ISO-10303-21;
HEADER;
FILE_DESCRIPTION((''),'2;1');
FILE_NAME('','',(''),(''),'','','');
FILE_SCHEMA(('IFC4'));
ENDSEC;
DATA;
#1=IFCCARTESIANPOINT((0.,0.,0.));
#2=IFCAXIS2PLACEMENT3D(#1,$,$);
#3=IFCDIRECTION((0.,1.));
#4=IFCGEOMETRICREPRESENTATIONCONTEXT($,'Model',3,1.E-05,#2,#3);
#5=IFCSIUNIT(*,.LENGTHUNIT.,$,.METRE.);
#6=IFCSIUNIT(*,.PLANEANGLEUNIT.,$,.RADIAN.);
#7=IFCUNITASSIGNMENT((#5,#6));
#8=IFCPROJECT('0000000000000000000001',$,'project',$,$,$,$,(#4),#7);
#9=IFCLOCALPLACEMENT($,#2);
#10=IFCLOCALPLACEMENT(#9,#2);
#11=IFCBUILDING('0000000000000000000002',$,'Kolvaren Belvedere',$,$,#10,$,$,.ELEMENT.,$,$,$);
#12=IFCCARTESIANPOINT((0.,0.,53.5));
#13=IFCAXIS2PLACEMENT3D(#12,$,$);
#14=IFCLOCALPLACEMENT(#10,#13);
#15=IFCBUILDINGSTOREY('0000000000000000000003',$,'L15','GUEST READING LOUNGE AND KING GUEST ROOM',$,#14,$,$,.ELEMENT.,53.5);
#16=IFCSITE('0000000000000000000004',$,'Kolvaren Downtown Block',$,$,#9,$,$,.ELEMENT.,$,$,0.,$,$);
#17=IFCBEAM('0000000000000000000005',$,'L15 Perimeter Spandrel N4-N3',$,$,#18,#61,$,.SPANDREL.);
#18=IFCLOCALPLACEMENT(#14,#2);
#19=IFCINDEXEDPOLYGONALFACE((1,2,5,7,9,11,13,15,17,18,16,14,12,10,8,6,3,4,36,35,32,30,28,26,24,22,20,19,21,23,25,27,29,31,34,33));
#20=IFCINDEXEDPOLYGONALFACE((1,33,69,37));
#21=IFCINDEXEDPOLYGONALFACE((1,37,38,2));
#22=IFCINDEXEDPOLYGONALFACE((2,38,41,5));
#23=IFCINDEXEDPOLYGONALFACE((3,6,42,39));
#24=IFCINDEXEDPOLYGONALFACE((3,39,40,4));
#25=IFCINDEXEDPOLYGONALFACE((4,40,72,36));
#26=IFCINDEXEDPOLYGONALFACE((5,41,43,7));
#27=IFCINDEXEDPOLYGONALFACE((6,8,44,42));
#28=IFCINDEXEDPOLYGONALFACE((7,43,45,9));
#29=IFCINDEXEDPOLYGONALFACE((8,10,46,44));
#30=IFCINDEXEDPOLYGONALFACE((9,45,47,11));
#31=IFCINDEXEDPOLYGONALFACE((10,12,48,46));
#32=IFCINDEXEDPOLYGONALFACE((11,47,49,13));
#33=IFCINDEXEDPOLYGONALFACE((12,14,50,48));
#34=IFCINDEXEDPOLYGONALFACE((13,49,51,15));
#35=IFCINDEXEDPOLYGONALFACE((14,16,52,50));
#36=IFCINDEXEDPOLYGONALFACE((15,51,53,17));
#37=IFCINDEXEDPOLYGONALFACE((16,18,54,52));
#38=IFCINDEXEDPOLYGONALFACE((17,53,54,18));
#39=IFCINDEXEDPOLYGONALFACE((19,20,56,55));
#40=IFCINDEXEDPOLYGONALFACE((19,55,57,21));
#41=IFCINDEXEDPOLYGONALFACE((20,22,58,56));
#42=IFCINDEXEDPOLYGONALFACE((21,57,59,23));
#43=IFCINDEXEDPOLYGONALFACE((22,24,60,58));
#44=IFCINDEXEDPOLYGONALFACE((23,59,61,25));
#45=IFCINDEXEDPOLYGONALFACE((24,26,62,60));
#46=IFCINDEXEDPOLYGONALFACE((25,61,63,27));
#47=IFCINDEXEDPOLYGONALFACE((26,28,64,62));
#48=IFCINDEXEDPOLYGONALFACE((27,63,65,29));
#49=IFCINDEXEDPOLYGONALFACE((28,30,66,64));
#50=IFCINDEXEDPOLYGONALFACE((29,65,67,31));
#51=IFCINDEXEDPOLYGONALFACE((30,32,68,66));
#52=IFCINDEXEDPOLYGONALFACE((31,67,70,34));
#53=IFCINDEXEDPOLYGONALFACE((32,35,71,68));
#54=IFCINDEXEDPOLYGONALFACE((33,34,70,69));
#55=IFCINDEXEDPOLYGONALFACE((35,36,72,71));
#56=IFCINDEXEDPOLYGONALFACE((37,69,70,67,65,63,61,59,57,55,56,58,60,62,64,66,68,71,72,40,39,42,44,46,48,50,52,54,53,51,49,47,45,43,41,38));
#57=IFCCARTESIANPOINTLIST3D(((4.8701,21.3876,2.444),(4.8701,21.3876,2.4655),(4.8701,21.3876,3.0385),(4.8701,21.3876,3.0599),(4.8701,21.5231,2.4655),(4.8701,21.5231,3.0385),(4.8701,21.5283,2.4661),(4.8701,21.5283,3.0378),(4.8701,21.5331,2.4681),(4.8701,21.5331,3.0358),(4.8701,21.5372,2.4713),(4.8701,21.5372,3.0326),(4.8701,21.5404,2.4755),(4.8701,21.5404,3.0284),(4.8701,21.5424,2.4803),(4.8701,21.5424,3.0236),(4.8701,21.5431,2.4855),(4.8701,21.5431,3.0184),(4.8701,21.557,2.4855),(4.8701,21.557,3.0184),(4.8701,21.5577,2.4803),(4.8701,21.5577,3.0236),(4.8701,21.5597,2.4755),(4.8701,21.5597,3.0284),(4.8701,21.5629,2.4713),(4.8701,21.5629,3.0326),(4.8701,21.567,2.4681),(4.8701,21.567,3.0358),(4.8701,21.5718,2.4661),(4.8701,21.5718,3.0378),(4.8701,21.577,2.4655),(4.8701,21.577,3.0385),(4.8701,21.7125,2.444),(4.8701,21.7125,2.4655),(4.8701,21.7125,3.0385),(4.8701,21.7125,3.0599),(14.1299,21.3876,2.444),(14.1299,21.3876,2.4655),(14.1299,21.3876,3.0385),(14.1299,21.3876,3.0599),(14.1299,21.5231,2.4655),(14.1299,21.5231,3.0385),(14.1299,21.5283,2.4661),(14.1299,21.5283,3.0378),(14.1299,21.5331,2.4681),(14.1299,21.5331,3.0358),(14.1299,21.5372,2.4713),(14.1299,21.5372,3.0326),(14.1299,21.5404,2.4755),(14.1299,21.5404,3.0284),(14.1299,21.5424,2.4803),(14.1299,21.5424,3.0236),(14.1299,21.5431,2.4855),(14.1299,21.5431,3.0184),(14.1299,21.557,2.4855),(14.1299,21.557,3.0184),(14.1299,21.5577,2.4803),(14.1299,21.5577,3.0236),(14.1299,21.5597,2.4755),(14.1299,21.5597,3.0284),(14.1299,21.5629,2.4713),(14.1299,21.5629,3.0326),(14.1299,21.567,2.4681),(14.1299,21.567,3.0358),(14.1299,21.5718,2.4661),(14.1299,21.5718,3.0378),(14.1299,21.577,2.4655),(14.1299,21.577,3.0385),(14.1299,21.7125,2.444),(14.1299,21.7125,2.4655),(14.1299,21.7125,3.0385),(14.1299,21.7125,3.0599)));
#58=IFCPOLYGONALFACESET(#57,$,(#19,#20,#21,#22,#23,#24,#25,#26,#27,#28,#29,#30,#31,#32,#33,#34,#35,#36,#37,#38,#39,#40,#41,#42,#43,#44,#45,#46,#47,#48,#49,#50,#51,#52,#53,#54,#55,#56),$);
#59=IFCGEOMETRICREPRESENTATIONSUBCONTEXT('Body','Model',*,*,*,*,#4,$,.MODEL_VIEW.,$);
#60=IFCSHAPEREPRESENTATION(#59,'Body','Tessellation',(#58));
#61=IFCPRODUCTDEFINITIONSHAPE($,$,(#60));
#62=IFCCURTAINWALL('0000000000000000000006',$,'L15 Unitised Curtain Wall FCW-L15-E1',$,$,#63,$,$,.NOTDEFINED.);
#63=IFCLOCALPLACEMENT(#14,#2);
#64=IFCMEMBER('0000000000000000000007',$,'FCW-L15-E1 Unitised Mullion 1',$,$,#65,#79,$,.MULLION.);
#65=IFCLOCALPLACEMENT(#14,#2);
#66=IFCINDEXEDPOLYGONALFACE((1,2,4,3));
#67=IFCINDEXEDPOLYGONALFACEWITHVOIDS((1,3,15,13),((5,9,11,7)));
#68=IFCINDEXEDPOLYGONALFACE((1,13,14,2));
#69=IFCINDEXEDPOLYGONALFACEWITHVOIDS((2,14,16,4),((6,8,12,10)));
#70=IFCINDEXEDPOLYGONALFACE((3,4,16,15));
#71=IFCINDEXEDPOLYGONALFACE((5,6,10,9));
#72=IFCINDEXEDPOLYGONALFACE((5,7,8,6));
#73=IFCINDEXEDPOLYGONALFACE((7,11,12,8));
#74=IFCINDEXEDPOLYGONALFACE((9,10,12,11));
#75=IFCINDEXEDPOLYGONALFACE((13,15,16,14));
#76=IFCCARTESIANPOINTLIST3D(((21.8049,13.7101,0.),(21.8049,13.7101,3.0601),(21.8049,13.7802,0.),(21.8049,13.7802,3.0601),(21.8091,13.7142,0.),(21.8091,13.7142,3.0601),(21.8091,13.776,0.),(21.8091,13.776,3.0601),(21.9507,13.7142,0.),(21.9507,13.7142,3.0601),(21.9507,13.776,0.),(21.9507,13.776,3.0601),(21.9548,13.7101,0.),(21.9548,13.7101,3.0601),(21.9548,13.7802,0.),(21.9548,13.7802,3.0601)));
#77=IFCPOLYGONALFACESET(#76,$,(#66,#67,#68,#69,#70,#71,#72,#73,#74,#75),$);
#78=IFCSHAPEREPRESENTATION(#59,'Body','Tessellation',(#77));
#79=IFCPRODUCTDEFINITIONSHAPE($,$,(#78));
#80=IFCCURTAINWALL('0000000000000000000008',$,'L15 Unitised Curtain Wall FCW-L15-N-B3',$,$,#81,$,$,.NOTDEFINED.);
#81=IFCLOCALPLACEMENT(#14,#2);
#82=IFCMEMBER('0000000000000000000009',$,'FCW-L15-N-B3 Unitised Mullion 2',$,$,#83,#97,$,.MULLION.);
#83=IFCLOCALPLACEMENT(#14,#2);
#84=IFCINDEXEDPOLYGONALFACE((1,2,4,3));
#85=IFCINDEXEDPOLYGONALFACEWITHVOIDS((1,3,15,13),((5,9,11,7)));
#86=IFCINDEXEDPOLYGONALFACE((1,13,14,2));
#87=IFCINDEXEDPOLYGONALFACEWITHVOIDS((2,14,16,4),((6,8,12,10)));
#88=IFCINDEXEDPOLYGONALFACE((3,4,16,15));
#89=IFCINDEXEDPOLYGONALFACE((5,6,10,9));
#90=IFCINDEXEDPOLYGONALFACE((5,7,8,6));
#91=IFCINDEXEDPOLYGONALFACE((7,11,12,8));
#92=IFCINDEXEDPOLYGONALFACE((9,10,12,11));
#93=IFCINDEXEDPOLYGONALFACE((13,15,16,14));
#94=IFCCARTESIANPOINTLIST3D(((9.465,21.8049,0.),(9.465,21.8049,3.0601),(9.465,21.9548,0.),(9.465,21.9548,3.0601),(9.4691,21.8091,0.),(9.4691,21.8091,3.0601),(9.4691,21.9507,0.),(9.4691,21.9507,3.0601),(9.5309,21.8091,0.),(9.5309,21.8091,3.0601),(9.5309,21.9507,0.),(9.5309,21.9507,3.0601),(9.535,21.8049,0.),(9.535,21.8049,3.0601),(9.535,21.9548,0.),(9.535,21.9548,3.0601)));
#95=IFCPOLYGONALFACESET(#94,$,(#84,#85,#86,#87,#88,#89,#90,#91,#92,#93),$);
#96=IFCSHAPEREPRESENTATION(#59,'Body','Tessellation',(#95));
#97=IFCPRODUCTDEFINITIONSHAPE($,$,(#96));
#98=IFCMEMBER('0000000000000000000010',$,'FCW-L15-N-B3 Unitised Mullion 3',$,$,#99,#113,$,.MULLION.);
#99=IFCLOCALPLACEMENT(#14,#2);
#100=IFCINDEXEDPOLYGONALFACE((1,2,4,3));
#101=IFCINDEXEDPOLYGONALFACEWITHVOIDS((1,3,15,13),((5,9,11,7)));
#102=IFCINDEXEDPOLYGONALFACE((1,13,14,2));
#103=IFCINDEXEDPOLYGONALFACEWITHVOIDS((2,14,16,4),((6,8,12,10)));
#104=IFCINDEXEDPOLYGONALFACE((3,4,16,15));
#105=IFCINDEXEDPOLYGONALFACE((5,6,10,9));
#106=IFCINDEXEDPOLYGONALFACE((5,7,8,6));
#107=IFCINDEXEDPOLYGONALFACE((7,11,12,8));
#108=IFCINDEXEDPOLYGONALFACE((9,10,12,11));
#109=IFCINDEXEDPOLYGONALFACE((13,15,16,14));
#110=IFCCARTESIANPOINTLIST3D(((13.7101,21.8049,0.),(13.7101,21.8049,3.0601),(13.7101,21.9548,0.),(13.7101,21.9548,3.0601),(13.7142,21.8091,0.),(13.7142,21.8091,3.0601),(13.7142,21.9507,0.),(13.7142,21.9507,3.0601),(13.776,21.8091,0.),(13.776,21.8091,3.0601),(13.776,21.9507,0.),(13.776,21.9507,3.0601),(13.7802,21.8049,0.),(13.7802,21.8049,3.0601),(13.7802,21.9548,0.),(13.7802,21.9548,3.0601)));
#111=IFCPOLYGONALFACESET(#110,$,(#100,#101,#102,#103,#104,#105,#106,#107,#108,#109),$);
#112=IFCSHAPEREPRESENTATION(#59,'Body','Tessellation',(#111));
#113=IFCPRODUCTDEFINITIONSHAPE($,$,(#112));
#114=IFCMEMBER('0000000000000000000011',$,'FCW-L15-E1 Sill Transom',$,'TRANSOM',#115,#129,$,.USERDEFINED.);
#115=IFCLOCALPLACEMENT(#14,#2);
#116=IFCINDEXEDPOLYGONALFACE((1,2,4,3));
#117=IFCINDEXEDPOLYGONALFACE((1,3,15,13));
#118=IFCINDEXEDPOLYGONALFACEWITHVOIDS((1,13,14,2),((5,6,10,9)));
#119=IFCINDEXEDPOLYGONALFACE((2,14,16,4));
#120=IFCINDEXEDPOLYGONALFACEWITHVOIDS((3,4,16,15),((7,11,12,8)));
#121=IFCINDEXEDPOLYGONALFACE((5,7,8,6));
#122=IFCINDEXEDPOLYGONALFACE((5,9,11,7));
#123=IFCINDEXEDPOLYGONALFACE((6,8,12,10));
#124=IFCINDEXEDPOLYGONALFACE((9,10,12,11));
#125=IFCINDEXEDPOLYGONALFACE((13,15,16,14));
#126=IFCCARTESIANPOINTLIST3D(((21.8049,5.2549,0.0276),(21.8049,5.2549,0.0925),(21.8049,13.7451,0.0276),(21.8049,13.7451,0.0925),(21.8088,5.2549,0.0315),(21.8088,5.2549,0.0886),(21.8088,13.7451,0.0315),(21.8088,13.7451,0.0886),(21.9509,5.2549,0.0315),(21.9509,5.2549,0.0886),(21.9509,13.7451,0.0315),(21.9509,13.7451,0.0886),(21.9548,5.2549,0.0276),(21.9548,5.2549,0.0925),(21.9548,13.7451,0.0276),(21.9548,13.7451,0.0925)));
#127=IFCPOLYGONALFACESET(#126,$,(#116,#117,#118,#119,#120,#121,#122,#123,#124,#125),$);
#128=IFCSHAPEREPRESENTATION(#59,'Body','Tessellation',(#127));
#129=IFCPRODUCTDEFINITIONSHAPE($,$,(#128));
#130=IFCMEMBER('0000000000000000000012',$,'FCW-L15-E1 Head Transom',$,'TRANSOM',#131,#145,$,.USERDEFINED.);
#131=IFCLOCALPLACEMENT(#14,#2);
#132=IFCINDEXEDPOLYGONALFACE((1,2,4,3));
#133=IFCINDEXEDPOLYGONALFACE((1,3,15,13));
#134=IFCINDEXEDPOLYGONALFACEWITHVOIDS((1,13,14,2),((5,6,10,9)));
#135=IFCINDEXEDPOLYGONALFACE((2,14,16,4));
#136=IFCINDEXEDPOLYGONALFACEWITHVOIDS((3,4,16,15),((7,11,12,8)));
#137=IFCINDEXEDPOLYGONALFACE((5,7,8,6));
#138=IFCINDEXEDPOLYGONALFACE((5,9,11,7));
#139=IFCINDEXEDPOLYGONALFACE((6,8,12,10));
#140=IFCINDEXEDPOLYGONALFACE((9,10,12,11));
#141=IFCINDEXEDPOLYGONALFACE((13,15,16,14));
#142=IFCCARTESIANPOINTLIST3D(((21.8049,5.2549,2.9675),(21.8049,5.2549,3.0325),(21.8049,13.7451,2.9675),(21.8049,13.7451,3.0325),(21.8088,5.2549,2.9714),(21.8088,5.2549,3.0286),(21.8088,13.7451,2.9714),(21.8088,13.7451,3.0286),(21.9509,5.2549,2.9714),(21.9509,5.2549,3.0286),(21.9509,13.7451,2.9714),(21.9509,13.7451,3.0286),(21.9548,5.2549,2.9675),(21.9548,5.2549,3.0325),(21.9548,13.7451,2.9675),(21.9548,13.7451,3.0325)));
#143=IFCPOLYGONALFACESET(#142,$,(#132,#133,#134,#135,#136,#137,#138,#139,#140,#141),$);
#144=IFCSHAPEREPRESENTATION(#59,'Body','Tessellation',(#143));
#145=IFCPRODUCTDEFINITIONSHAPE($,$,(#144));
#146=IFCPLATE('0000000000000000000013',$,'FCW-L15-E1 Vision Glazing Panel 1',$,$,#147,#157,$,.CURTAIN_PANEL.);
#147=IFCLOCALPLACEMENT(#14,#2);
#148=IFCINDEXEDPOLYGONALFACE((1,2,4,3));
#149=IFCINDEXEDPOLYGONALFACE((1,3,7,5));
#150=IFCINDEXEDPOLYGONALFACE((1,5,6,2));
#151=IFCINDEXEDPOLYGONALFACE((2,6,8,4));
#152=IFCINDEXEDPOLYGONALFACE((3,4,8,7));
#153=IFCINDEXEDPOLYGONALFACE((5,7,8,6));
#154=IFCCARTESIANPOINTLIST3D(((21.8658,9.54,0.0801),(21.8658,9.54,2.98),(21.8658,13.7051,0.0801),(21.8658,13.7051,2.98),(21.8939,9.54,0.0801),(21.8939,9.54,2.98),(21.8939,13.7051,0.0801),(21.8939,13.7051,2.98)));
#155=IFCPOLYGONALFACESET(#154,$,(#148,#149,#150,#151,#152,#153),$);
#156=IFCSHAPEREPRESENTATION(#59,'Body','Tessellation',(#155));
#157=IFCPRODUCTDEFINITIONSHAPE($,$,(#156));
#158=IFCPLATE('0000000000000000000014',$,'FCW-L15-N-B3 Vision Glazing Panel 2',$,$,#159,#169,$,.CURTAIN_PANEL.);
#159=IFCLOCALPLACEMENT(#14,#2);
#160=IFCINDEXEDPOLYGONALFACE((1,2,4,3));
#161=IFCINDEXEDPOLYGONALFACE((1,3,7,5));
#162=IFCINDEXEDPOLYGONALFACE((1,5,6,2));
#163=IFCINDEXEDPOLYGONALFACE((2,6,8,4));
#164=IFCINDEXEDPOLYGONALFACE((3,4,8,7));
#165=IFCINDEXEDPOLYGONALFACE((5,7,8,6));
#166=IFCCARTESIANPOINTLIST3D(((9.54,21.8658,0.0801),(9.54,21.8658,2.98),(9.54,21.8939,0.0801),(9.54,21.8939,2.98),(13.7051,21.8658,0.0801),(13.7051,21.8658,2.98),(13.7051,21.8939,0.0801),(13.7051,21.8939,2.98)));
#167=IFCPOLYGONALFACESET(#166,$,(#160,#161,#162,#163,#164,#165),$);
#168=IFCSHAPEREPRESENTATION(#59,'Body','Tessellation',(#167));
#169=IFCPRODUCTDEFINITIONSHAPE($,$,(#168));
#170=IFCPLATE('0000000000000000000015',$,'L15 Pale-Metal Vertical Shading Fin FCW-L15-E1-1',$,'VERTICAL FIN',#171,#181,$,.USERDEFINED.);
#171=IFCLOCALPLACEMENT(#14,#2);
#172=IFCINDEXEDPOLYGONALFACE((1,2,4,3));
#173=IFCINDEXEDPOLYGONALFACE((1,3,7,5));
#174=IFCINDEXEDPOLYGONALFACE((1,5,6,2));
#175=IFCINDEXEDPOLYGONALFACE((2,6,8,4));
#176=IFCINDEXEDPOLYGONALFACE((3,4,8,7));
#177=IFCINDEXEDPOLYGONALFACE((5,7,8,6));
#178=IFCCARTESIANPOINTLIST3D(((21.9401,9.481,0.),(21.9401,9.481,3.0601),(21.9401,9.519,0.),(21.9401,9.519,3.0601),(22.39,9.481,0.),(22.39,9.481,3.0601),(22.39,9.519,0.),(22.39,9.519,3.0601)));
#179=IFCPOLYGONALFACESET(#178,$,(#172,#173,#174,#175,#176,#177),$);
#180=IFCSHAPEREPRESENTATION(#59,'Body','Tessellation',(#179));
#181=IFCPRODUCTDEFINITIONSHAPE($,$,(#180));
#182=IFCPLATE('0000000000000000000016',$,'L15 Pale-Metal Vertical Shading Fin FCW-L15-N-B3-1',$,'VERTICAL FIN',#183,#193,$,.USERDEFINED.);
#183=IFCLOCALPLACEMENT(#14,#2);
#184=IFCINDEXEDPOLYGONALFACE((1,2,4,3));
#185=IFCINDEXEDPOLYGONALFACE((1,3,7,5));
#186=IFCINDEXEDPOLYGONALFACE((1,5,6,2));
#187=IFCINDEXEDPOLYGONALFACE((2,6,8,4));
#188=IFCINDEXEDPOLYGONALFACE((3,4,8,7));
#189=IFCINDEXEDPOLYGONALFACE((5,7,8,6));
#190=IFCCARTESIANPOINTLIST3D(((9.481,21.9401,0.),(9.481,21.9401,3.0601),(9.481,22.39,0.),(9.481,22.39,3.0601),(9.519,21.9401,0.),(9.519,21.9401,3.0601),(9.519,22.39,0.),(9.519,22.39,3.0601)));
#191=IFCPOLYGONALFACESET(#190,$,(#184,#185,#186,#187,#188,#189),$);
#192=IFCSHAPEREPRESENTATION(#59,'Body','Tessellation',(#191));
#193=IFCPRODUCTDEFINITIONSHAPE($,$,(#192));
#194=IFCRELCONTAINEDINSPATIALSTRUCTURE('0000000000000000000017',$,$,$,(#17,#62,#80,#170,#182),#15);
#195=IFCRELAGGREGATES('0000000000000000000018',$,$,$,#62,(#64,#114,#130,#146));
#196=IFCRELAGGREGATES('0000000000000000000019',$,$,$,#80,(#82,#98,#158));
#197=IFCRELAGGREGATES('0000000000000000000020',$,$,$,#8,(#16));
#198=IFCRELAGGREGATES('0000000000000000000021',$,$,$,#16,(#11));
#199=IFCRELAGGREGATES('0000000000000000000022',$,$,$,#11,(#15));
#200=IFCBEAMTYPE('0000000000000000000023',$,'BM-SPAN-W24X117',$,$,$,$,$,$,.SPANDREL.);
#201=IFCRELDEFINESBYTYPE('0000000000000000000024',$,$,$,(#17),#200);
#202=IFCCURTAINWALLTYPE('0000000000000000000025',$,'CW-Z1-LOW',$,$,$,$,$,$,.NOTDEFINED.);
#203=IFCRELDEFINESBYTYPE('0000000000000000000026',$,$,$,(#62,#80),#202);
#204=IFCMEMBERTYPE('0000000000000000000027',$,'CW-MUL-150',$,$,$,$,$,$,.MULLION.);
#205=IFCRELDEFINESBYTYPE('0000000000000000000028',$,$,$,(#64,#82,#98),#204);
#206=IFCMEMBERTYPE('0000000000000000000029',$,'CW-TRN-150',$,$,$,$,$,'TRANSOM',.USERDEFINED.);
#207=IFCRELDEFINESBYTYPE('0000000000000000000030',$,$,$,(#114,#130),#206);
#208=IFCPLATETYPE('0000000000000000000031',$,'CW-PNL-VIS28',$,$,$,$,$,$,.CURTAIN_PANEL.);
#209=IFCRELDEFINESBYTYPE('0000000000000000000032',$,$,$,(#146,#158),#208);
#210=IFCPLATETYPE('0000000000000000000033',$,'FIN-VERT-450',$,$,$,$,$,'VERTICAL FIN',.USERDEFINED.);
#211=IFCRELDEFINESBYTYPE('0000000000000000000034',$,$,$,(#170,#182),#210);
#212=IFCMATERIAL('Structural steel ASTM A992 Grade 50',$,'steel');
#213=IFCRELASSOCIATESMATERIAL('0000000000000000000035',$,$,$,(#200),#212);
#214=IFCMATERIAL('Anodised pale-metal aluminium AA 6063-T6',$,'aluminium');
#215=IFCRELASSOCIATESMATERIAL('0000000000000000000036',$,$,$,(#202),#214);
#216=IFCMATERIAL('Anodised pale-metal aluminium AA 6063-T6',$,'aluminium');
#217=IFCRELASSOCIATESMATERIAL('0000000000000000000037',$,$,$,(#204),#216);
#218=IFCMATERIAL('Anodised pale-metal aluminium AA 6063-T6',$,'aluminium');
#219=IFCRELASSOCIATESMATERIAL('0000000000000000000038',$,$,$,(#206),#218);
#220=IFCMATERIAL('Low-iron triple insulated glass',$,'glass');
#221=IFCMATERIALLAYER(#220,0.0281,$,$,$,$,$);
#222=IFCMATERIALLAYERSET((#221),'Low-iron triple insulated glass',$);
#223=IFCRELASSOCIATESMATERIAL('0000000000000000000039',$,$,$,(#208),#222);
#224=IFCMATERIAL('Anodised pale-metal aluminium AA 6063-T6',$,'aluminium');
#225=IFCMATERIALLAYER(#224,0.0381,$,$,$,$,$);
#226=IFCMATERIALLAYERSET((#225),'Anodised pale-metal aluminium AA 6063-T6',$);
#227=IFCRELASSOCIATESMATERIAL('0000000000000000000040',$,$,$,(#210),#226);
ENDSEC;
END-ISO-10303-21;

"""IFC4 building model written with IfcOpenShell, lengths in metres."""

from ifc_helpers import new_model, si_unit, direction, frame, origin, origin_2d, place, context, subcontext, project, spatial, rectangle, hollow_rectangle, i_section, extrude, material, layer, layer_set, material_profile, profile_set, type_object, element, aggregate, save


model = new_model("IFC4")

# Units and contexts
model_context = context("Model", 3, precision=1e-05, world=origin(), true_north=direction((0.0, 1.0)))
body_context = subcontext(model_context, "Body", "Model", "MODEL_VIEW")
ifc_project = project(units=[si_unit("LENGTHUNIT", "METRE"), si_unit("PLANEANGLEUNIT", "RADIAN")], contexts=[model_context])

# Site, building, storey
site_placement = place(None, origin())
site = spatial("IfcSite", under=ifc_project, at=site_placement, Name="Kolvaren Downtown Block", CompositionType="ELEMENT", RefElevation=0.0)
building_placement = place(site_placement, origin())
building = spatial("IfcBuilding", under=site, at=building_placement, Name="Kolvaren Belvedere", CompositionType="ELEMENT")
storey_placement = place(building_placement, frame((0.0, 0.0, 53.5)))
storey = spatial("IfcBuildingStorey", under=building, at=storey_placement, Name="L15", Description="GUEST READING LOUNGE AND KING GUEST ROOM", CompositionType="ELEMENT", Elevation=53.5)

# Beam
ifc_material_1 = material(Name="Structural steel ASTM A992 Grade 50", Category="steel")
ifc_material_profile_1 = material_profile(ifc_material_1, i_section(OverallWidth=0.325, OverallDepth=0.616, WebThickness=0.0139, FlangeThickness=0.0215, FilletRadius=0.02, at=origin_2d()), Name="W24X117")
ifc_profile_set_1 = profile_set([ifc_material_profile_1], Name="Structural steel ASTM A992 Grade 50")
beam_type_1 = type_object("IfcBeamType", Name="BM-SPAN-W24X117", PredefinedType="SPANDREL", material=ifc_profile_set_1)
beam_1_placement = place(storey_placement, frame((14.1299, 21.55, 2.752), z_axis=(-1.0, 0.0, 0.0), x_axis=(0.0, -1.0, 0.0)))
element("IfcBeam", 1, at=beam_1_placement, inside=storey, type_object=beam_type_1, Name="L15 Perimeter Spandrel N4-N3", PredefinedType="SPANDREL", context=body_context, shape_type="SweptSolid", body=[
    extrude(i_section(OverallWidth=0.325, OverallDepth=0.616, WebThickness=0.0139, FlangeThickness=0.0215, FilletRadius=0.02, at=origin_2d()), origin(), (0.0, 0.0, 1.0), 9.2598),
])

# Curtain wall, member
ifc_material_2 = material(Name="Anodised pale-metal aluminium AA 6063-T6", Category="aluminium")
curtain_wall_type = type_object("IfcCurtainWallType", Name="CW-Z1-LOW", PredefinedType="NOTDEFINED", material=ifc_material_2)
curtain_wall_1_placement = place(storey_placement, origin())
curtain_wall_1 = element("IfcCurtainWall", 2, at=curtain_wall_1_placement, inside=storey, type_object=curtain_wall_type, Name="L15 Unitised Curtain Wall FCW-L15-E1", PredefinedType="NOTDEFINED")
ifc_material_3 = material(Name="Anodised pale-metal aluminium AA 6063-T6", Category="aluminium")
ifc_material_profile_2 = material_profile(ifc_material_3, hollow_rectangle(XDim=0.0701, YDim=0.1499, WallThickness=0.0042, at=origin_2d()), Name="ALU-MUL-150X70")
ifc_profile_set_2 = profile_set([ifc_material_profile_2], Name="Anodised pale-metal aluminium AA 6063-T6")
member_type_1 = type_object("IfcMemberType", Name="CW-MUL-150", PredefinedType="MULLION", material=ifc_profile_set_2)
member_1_placement = place(storey_placement, frame((21.8799, 13.7451, 0.0), z_axis=(0.0, 0.0, 1.0), x_axis=(0.0, 1.0, 0.0)))
member_1 = element("IfcMember", 3, at=member_1_placement, type_object=member_type_1, Name="FCW-L15-E1 Unitised Mullion 1", PredefinedType="MULLION", context=body_context, shape_type="SweptSolid", body=[
    extrude(hollow_rectangle(XDim=0.0701, YDim=0.1499, WallThickness=0.0042, at=origin_2d()), origin(), (0.0, 0.0, 1.0), 3.0601),
])

# Curtain wall, members
curtain_wall_2_placement = place(storey_placement, origin())
curtain_wall_2 = element("IfcCurtainWall", 4, at=curtain_wall_2_placement, inside=storey, type_object=curtain_wall_type, Name="L15 Unitised Curtain Wall FCW-L15-N-B3", PredefinedType="NOTDEFINED")
member_2_placement = place(storey_placement, frame((9.5, 21.8799, 0.0), z_axis=(0.0, 0.0, 1.0), x_axis=(1.0, 0.0, 0.0)))
member_2 = element("IfcMember", 5, at=member_2_placement, type_object=member_type_1, Name="FCW-L15-N-B3 Unitised Mullion 2", PredefinedType="MULLION", context=body_context, shape_type="SweptSolid", body=[
    extrude(hollow_rectangle(XDim=0.0701, YDim=0.1499, WallThickness=0.0042, at=origin_2d()), origin(), (0.0, 0.0, 1.0), 3.0601),
])
member_3_placement = place(storey_placement, frame((13.7451, 21.8799, 0.0), z_axis=(0.0, 0.0, 1.0), x_axis=(1.0, 0.0, 0.0)))
member_3 = element("IfcMember", 6, at=member_3_placement, type_object=member_type_1, Name="FCW-L15-N-B3 Unitised Mullion 3", PredefinedType="MULLION", context=body_context, shape_type="SweptSolid", body=[
    extrude(hollow_rectangle(XDim=0.0701, YDim=0.1499, WallThickness=0.0042, at=origin_2d()), origin(), (0.0, 0.0, 1.0), 3.0601),
])

# Members
ifc_material_4 = material(Name="Anodised pale-metal aluminium AA 6063-T6", Category="aluminium")
ifc_material_profile_3 = material_profile(ifc_material_4, hollow_rectangle(XDim=0.0649, YDim=0.1499, WallThickness=0.0039, at=origin_2d()), Name="ALU-TRN-150X65")
ifc_profile_set_3 = profile_set([ifc_material_profile_3], Name="Anodised pale-metal aluminium AA 6063-T6")
member_type_2 = type_object("IfcMemberType", Name="CW-TRN-150", ElementType="TRANSOM", PredefinedType="USERDEFINED", material=ifc_profile_set_3)
member_4_placement = place(storey_placement, frame((21.8799, 13.7451, 0.0601), z_axis=(0.0, -1.0, 0.0), x_axis=(0.0, 0.0, 1.0)))
member_4 = element("IfcMember", 7, at=member_4_placement, type_object=member_type_2, Name="FCW-L15-E1 Sill Transom", ObjectType="TRANSOM", PredefinedType="USERDEFINED", context=body_context, shape_type="SweptSolid", body=[
    extrude(hollow_rectangle(XDim=0.0649, YDim=0.1499, WallThickness=0.0039, at=origin_2d()), origin(), (0.0, 0.0, 1.0), 8.4902),
])
member_5_placement = place(storey_placement, frame((21.8799, 13.7451, 3.0), z_axis=(0.0, -1.0, 0.0), x_axis=(0.0, 0.0, 1.0)))
member_5 = element("IfcMember", 8, at=member_5_placement, type_object=member_type_2, Name="FCW-L15-E1 Head Transom", ObjectType="TRANSOM", PredefinedType="USERDEFINED", context=body_context, shape_type="SweptSolid", body=[
    extrude(hollow_rectangle(XDim=0.0649, YDim=0.1499, WallThickness=0.0039, at=origin_2d()), origin(), (0.0, 0.0, 1.0), 8.4902),
])

# Plates
ifc_material_5 = material(Name="Low-iron triple insulated glass", Category="glass")
ifc_layer_1 = layer(ifc_material_5, 0.0281)
ifc_layer_set_1 = layer_set([ifc_layer_1], Name="Low-iron triple insulated glass")
plate_type_1 = type_object("IfcPlateType", Name="CW-PNL-VIS28", PredefinedType="CURTAIN_PANEL", material=ifc_layer_set_1)
plate_1_placement = place(storey_placement, frame((21.8799, 11.6226, 0.0801), z_axis=(0.0, 0.0, 1.0), x_axis=(0.0, -1.0, 0.0)))
plate_1 = element("IfcPlate", 9, at=plate_1_placement, type_object=plate_type_1, Name="FCW-L15-E1 Vision Glazing Panel 1", PredefinedType="CURTAIN_PANEL", context=body_context, shape_type="SweptSolid", body=[
    extrude(rectangle(XDim=4.165, YDim=0.0281, at=origin_2d()), origin(), (0.0, 0.0, 1.0), 2.8999),
])
aggregate(curtain_wall_1, [member_1, member_4, member_5, plate_1])
plate_2_placement = place(storey_placement, frame((11.6226, 21.8799, 0.0801), z_axis=(0.0, 0.0, 1.0), x_axis=(1.0, 0.0, 0.0)))
plate_2 = element("IfcPlate", 10, at=plate_2_placement, type_object=plate_type_1, Name="FCW-L15-N-B3 Vision Glazing Panel 2", PredefinedType="CURTAIN_PANEL", context=body_context, shape_type="SweptSolid", body=[
    extrude(rectangle(XDim=4.165, YDim=0.0281, at=origin_2d()), origin(), (0.0, 0.0, 1.0), 2.8999),
])
aggregate(curtain_wall_2, [member_2, member_3, plate_2])

# Plates
ifc_material_6 = material(Name="Anodised pale-metal aluminium AA 6063-T6", Category="aluminium")
ifc_layer_2 = layer(ifc_material_6, 0.0381)
ifc_layer_set_2 = layer_set([ifc_layer_2], Name="Anodised pale-metal aluminium AA 6063-T6")
plate_type_2 = type_object("IfcPlateType", Name="FIN-VERT-450", ElementType="VERTICAL FIN", PredefinedType="USERDEFINED", material=ifc_layer_set_2)
for number, where, z_axis, x_axis, name in (
    (11, (22.165, 9.5, 0.0), (0.0, 0.0, 1.0), (1.0, 0.0, 0.0), "L15 Pale-Metal Vertical Shading Fin FCW-L15-E1-1"),
    (12, (9.5, 22.165, 0.0), (0.0, 0.0, 1.0), (0.0, 1.0, 0.0), "L15 Pale-Metal Vertical Shading Fin FCW-L15-N-B3-1"),
):
    element("IfcPlate", number, at=place(storey_placement, frame(where, z_axis=z_axis, x_axis=x_axis)), inside=storey, type_object=plate_type_2, Name=name, ObjectType="VERTICAL FIN", PredefinedType="USERDEFINED", context=body_context, shape_type="SweptSolid", body=[
        extrude(rectangle(XDim=0.45, YDim=0.0381, at=origin_2d()), origin(), (0.0, 0.0, 1.0), 3.0601),
    ])

save(model, "model.ifc")
